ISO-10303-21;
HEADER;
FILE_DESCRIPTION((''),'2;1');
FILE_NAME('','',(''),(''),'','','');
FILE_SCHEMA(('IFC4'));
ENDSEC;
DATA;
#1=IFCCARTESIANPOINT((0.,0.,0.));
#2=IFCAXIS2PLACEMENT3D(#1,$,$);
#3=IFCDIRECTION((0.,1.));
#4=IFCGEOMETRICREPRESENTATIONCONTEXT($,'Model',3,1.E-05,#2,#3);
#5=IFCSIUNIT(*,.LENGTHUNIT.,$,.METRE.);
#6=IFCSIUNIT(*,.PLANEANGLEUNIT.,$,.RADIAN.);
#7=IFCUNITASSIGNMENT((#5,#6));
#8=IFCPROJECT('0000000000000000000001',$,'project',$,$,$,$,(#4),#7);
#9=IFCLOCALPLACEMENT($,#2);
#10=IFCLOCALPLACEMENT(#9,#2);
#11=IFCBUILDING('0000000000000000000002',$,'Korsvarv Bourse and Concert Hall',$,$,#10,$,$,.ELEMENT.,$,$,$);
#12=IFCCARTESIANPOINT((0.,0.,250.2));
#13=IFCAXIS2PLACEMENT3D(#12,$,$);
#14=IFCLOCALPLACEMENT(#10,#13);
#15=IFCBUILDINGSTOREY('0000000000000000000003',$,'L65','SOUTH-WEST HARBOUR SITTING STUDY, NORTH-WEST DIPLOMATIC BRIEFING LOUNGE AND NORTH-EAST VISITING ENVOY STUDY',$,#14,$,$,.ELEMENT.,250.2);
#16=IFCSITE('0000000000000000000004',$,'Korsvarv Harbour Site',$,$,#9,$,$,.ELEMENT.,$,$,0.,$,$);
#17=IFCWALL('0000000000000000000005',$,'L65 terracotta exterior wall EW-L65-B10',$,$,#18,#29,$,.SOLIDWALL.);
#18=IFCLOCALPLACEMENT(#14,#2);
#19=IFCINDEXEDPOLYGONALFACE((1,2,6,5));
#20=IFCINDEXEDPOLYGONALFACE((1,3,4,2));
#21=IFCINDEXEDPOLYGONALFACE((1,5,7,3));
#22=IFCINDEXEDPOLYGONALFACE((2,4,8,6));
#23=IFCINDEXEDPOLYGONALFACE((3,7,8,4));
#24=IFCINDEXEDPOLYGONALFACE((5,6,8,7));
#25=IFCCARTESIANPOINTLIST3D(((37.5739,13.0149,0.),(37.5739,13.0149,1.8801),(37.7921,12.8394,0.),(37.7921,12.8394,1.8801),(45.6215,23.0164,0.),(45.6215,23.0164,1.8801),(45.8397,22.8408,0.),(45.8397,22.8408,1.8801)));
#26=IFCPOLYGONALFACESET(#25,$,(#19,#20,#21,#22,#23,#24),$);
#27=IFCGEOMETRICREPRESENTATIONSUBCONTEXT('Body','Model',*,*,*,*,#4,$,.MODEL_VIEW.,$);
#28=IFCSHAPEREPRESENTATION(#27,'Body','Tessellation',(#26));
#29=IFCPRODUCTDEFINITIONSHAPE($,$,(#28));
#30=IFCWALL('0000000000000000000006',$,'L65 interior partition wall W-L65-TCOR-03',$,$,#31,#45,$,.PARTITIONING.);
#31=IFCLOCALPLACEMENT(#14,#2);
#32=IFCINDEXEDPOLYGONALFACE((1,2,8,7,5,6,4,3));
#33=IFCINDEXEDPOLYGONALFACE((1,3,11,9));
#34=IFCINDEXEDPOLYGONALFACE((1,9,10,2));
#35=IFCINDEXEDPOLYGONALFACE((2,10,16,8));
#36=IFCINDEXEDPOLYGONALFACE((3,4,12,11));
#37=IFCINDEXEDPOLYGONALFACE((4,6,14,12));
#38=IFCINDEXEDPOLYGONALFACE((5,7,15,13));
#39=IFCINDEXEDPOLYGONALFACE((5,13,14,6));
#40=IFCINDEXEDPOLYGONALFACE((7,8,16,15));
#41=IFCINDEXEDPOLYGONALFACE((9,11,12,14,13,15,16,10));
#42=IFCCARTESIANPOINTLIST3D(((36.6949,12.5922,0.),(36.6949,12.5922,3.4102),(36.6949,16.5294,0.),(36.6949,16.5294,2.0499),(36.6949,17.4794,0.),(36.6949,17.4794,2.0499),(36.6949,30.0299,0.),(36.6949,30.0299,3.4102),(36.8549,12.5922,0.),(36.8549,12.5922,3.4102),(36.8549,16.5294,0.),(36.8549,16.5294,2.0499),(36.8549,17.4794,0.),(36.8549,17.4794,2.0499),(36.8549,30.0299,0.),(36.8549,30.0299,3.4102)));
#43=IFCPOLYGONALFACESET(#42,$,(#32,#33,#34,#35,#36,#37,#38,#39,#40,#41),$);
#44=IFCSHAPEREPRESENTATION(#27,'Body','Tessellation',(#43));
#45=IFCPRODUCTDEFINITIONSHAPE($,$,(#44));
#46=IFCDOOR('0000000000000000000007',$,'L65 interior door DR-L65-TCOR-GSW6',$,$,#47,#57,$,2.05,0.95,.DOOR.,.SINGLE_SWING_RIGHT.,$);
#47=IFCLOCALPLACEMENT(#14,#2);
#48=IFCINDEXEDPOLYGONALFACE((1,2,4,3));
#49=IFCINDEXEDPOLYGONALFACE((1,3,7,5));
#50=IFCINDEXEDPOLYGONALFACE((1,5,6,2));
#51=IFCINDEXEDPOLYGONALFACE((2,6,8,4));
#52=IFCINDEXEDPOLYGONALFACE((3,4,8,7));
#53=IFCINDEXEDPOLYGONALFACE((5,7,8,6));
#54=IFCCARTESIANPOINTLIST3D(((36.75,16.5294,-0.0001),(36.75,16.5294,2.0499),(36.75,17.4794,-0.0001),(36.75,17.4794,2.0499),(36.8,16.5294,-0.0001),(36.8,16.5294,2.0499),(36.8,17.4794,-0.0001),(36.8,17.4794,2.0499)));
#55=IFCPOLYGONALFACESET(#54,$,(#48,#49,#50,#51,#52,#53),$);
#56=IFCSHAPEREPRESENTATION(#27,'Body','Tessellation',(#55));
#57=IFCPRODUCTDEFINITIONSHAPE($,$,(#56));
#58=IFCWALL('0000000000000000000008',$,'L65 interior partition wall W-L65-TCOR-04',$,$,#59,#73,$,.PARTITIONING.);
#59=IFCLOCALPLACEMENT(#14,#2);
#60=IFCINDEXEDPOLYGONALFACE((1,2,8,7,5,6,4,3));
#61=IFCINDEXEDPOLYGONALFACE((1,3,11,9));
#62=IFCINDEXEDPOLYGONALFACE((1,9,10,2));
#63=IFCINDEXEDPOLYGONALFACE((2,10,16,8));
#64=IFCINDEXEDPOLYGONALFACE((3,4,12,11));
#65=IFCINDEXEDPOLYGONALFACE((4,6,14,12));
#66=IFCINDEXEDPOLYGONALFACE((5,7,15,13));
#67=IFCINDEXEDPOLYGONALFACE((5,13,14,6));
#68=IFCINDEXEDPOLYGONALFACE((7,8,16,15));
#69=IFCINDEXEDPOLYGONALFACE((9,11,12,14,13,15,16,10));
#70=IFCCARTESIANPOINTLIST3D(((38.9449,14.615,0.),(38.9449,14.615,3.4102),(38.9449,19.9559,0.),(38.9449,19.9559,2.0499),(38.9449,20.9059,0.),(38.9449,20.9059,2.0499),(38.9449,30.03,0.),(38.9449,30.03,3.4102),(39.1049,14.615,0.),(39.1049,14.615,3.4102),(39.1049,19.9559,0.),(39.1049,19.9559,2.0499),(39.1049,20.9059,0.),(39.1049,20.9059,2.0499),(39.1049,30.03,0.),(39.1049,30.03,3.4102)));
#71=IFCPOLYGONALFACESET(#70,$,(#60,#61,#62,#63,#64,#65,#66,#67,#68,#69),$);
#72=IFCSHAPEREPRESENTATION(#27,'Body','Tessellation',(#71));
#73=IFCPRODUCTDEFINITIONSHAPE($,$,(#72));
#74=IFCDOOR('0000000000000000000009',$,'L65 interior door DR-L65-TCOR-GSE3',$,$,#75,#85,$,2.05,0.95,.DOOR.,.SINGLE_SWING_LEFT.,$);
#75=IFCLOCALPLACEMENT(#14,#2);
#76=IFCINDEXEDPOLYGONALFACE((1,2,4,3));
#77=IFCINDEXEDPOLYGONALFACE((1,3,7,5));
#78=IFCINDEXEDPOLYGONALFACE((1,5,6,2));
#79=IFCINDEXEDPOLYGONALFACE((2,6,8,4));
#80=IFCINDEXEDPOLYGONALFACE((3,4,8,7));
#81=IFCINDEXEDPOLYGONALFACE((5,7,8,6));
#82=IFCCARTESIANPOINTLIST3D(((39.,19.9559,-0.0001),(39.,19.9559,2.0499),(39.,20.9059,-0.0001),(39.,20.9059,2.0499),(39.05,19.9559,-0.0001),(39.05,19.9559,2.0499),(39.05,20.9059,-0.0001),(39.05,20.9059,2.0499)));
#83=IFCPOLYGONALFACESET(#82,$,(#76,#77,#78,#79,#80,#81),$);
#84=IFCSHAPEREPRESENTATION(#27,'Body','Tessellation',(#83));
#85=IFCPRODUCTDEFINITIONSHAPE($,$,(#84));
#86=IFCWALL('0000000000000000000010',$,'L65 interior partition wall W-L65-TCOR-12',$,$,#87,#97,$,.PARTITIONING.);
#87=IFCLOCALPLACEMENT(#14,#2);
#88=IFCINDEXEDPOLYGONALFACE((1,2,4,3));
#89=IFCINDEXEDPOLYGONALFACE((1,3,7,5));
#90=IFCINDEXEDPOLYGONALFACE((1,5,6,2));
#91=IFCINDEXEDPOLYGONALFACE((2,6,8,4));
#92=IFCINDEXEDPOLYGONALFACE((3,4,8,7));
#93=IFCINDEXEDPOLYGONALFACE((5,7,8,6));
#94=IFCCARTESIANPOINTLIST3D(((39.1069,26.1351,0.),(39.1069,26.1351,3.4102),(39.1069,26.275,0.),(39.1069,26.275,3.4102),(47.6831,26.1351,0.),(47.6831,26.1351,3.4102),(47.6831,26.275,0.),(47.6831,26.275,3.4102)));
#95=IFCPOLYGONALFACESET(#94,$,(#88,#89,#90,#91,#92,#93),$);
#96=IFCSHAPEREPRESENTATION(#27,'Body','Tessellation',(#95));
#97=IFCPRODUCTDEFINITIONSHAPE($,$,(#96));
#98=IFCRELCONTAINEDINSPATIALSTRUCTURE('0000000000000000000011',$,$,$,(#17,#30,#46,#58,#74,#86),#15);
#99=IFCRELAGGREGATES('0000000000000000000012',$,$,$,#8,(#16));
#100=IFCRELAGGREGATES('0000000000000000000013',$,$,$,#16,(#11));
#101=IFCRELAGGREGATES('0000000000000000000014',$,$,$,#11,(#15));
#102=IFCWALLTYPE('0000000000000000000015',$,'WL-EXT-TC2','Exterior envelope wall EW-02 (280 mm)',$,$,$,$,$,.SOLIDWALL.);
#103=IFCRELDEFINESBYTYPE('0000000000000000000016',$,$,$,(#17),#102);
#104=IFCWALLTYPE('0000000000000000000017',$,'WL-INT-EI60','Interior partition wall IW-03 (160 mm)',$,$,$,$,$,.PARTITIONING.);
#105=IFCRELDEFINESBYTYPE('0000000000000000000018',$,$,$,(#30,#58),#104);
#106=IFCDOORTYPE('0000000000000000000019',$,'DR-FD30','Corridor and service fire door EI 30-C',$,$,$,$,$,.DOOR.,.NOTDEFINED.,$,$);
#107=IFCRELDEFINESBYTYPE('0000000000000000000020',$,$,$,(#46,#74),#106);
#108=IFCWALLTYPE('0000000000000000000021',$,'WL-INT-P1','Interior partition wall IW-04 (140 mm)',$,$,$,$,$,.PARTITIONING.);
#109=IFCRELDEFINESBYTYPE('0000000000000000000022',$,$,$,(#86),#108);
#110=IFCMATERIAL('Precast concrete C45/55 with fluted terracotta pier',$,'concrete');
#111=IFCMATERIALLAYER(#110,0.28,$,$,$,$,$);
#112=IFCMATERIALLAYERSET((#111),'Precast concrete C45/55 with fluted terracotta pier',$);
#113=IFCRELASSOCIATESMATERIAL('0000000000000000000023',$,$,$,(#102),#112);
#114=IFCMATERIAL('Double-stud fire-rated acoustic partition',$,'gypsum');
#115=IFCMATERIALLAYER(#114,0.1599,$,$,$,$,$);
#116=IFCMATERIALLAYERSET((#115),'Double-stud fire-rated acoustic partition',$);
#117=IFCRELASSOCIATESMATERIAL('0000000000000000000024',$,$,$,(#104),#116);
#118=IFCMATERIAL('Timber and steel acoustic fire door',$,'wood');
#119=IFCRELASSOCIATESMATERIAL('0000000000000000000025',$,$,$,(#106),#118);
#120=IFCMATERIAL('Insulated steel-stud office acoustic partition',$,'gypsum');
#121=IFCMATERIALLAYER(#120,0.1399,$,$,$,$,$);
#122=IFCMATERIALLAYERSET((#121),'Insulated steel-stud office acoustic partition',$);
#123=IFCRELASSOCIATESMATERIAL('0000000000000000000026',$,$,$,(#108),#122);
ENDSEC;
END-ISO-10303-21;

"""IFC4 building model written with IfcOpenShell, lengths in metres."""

from ifc_helpers import new_model, si_unit, direction, frame, frame_2d, origin, place, context, subcontext, project, spatial, rectangle, extrude, material, layer, layer_set, type_object, element, fill, save


model = new_model("IFC4")

# Units and contexts
model_context = context("Model", 3, precision=1e-05, world=origin(), true_north=direction((0.0, 1.0)))
body_context = subcontext(model_context, "Body", "Model", "MODEL_VIEW")
ifc_project = project(units=[si_unit("LENGTHUNIT", "METRE"), si_unit("PLANEANGLEUNIT", "RADIAN")], contexts=[model_context])

# Site, building, storey
site_placement = place(None, origin())
site = spatial("IfcSite", under=ifc_project, at=site_placement, Name="Korsvarv Harbour Site", CompositionType="ELEMENT", RefElevation=0.0)
building_placement = place(site_placement, origin())
building = spatial("IfcBuilding", under=site, at=building_placement, Name="Korsvarv Bourse and Concert Hall", CompositionType="ELEMENT")
storey_placement = place(building_placement, frame((0.0, 0.0, 250.2)))
storey = spatial("IfcBuildingStorey", under=building, at=storey_placement, Name="L65", Description="SOUTH-WEST HARBOUR SITTING STUDY, NORTH-WEST DIPLOMATIC BRIEFING LOUNGE AND NORTH-EAST VISITING ENVOY STUDY", CompositionType="ELEMENT", Elevation=250.2)

# Wall
ifc_material_1 = material(Name="Precast concrete C45/55 with fluted terracotta pier", Category="concrete")
ifc_layer_1 = layer(ifc_material_1, 0.28)
ifc_layer_set_1 = layer_set([ifc_layer_1], Name="Precast concrete C45/55 with fluted terracotta pier")
wall_type_1 = type_object("IfcWallType", Name="WL-EXT-TC2", Description="Exterior envelope wall EW-02 (280 mm)", PredefinedType="SOLIDWALL", material=ifc_layer_set_1)
wall_1_placement = place(storey_placement, frame((37.6831, 12.9272, 0.0), z_axis=(0.0, 0.0, 1.0), x_axis=(0.626898, 0.779101, 0.0)))
element("IfcWall", 1, at=wall_1_placement, inside=storey, type_object=wall_type_1, Name="L65 terracotta exterior wall EW-L65-B10", PredefinedType="SOLIDWALL", context=body_context, shape_type="SweptSolid", body=[
    extrude(rectangle(XDim=12.8372, YDim=0.28, at=frame_2d((6.4185, 0.0))), origin(), (0.0, 0.0, 1.0), 1.8801),
])

# Walls, openings, doors
ifc_material_2 = material(Name="Double-stud fire-rated acoustic partition", Category="gypsum")
ifc_layer_2 = layer(ifc_material_2, 0.1599)
ifc_layer_set_2 = layer_set([ifc_layer_2], Name="Double-stud fire-rated acoustic partition")
wall_type_2 = type_object("IfcWallType", Name="WL-INT-EI60", Description="Interior partition wall IW-03 (160 mm)", PredefinedType="PARTITIONING", material=ifc_layer_set_2)
wall_2_placement = place(storey_placement, frame((36.7749, 12.5923, 0.0), z_axis=(0.0, 0.0, 1.0), x_axis=(0.0, 1.0, 0.0)))
wall_2 = element("IfcWall", 2, at=wall_2_placement, inside=storey, type_object=wall_type_2, Name="L65 interior partition wall W-L65-TCOR-03", PredefinedType="PARTITIONING", context=body_context, shape_type="SweptSolid", body=[
    extrude(rectangle(XDim=17.4377, YDim=0.1599, at=frame_2d((8.7188, 0.0))), origin(), (0.0, 0.0, 1.0), 3.4102),
])
opening_1_placement = place(wall_2_placement, frame((3.937, 0.0, 0.0)))
opening_1 = element("IfcOpeningElement", 3, at=opening_1_placement, cuts=wall_2, PredefinedType="OPENING", context=body_context, shape_type="SweptSolid", body=[
    extrude(rectangle(XDim=0.95, YDim=2.05, at=frame_2d((0.4751, 1.0249))), frame((0.0, 0.0898, 0.0), z_axis=(0.0, -1.0, 0.0), x_axis=(1.0, 0.0, 0.0)), (0.0, 0.0, 1.0), 0.1799),
])
ifc_material_3 = material(Name="Timber and steel acoustic fire door", Category="wood")
door_type = type_object("IfcDoorType", Name="DR-FD30", Description="Corridor and service fire door EI 30-C", OperationType="NOTDEFINED", PredefinedType="DOOR", material=ifc_material_3)
door_1_placement = place(opening_1_placement, origin())
door_1 = element("IfcDoor", 4, at=door_1_placement, inside=storey, type_object=door_type, Name="L65 interior door DR-L65-TCOR-GSW6", OperationType="SINGLE_SWING_RIGHT", OverallHeight=2.05, OverallWidth=0.95, PredefinedType="DOOR", context=body_context, shape_type="SweptSolid", body=[
    extrude(rectangle(XDim=0.95, YDim=2.05, at=frame_2d((0.4751, 1.0249))), frame((0.0, 0.0249, 0.0), z_axis=(0.0, -1.0, 0.0), x_axis=(1.0, 0.0, 0.0)), (0.0, 0.0, 1.0), 0.05),
])
fill(opening_1, door_1)
wall_3_placement = place(storey_placement, frame((39.0249, 14.615, 0.0), z_axis=(0.0, 0.0, 1.0), x_axis=(0.0, 1.0, 0.0)))
wall_3 = element("IfcWall", 5, at=wall_3_placement, inside=storey, type_object=wall_type_2, Name="L65 interior partition wall W-L65-TCOR-04", PredefinedType="PARTITIONING", context=body_context, shape_type="SweptSolid", body=[
    extrude(rectangle(XDim=15.415, YDim=0.1599, at=frame_2d((7.7075, 0.0))), origin(), (0.0, 0.0, 1.0), 3.4102),
])
opening_2_placement = place(wall_3_placement, frame((5.3408, 0.0, 0.0)))
opening_2 = element("IfcOpeningElement", 6, at=opening_2_placement, cuts=wall_3, PredefinedType="OPENING", context=body_context, shape_type="SweptSolid", body=[
    extrude(rectangle(XDim=0.95, YDim=2.05, at=frame_2d((0.4751, 1.0249))), frame((0.0, 0.0898, 0.0), z_axis=(0.0, -1.0, 0.0), x_axis=(1.0, 0.0, 0.0)), (0.0, 0.0, 1.0), 0.1799),
])
door_2_placement = place(opening_2_placement, origin())
door_2 = element("IfcDoor", 7, at=door_2_placement, inside=storey, type_object=door_type, Name="L65 interior door DR-L65-TCOR-GSE3", OperationType="SINGLE_SWING_LEFT", OverallHeight=2.05, OverallWidth=0.95, PredefinedType="DOOR", context=body_context, shape_type="SweptSolid", body=[
    extrude(rectangle(XDim=0.95, YDim=2.05, at=frame_2d((0.4751, 1.0249))), frame((0.0, 0.0249, 0.0), z_axis=(0.0, -1.0, 0.0), x_axis=(1.0, 0.0, 0.0)), (0.0, 0.0, 1.0), 0.05),
])
fill(opening_2, door_2)

# Wall
ifc_material_4 = material(Name="Insulated steel-stud office acoustic partition", Category="gypsum")
ifc_layer_3 = layer(ifc_material_4, 0.1399)
ifc_layer_set_3 = layer_set([ifc_layer_3], Name="Insulated steel-stud office acoustic partition")
wall_type_3 = type_object("IfcWallType", Name="WL-INT-P1", Description="Interior partition wall IW-04 (140 mm)", PredefinedType="PARTITIONING", material=ifc_layer_set_3)
wall_4_placement = place(storey_placement, frame((39.1069, 26.2051, 0.0), z_axis=(0.0, 0.0, 1.0), x_axis=(1.0, 0.0, 0.0)))
element("IfcWall", 8, at=wall_4_placement, inside=storey, type_object=wall_type_3, Name="L65 interior partition wall W-L65-TCOR-12", PredefinedType="PARTITIONING", context=body_context, shape_type="SweptSolid", body=[
    extrude(rectangle(XDim=8.5762, YDim=0.1399, at=frame_2d((4.2881, 0.0))), origin(), (0.0, 0.0, 1.0), 3.4102),
])

save(model, "model.ifc")
